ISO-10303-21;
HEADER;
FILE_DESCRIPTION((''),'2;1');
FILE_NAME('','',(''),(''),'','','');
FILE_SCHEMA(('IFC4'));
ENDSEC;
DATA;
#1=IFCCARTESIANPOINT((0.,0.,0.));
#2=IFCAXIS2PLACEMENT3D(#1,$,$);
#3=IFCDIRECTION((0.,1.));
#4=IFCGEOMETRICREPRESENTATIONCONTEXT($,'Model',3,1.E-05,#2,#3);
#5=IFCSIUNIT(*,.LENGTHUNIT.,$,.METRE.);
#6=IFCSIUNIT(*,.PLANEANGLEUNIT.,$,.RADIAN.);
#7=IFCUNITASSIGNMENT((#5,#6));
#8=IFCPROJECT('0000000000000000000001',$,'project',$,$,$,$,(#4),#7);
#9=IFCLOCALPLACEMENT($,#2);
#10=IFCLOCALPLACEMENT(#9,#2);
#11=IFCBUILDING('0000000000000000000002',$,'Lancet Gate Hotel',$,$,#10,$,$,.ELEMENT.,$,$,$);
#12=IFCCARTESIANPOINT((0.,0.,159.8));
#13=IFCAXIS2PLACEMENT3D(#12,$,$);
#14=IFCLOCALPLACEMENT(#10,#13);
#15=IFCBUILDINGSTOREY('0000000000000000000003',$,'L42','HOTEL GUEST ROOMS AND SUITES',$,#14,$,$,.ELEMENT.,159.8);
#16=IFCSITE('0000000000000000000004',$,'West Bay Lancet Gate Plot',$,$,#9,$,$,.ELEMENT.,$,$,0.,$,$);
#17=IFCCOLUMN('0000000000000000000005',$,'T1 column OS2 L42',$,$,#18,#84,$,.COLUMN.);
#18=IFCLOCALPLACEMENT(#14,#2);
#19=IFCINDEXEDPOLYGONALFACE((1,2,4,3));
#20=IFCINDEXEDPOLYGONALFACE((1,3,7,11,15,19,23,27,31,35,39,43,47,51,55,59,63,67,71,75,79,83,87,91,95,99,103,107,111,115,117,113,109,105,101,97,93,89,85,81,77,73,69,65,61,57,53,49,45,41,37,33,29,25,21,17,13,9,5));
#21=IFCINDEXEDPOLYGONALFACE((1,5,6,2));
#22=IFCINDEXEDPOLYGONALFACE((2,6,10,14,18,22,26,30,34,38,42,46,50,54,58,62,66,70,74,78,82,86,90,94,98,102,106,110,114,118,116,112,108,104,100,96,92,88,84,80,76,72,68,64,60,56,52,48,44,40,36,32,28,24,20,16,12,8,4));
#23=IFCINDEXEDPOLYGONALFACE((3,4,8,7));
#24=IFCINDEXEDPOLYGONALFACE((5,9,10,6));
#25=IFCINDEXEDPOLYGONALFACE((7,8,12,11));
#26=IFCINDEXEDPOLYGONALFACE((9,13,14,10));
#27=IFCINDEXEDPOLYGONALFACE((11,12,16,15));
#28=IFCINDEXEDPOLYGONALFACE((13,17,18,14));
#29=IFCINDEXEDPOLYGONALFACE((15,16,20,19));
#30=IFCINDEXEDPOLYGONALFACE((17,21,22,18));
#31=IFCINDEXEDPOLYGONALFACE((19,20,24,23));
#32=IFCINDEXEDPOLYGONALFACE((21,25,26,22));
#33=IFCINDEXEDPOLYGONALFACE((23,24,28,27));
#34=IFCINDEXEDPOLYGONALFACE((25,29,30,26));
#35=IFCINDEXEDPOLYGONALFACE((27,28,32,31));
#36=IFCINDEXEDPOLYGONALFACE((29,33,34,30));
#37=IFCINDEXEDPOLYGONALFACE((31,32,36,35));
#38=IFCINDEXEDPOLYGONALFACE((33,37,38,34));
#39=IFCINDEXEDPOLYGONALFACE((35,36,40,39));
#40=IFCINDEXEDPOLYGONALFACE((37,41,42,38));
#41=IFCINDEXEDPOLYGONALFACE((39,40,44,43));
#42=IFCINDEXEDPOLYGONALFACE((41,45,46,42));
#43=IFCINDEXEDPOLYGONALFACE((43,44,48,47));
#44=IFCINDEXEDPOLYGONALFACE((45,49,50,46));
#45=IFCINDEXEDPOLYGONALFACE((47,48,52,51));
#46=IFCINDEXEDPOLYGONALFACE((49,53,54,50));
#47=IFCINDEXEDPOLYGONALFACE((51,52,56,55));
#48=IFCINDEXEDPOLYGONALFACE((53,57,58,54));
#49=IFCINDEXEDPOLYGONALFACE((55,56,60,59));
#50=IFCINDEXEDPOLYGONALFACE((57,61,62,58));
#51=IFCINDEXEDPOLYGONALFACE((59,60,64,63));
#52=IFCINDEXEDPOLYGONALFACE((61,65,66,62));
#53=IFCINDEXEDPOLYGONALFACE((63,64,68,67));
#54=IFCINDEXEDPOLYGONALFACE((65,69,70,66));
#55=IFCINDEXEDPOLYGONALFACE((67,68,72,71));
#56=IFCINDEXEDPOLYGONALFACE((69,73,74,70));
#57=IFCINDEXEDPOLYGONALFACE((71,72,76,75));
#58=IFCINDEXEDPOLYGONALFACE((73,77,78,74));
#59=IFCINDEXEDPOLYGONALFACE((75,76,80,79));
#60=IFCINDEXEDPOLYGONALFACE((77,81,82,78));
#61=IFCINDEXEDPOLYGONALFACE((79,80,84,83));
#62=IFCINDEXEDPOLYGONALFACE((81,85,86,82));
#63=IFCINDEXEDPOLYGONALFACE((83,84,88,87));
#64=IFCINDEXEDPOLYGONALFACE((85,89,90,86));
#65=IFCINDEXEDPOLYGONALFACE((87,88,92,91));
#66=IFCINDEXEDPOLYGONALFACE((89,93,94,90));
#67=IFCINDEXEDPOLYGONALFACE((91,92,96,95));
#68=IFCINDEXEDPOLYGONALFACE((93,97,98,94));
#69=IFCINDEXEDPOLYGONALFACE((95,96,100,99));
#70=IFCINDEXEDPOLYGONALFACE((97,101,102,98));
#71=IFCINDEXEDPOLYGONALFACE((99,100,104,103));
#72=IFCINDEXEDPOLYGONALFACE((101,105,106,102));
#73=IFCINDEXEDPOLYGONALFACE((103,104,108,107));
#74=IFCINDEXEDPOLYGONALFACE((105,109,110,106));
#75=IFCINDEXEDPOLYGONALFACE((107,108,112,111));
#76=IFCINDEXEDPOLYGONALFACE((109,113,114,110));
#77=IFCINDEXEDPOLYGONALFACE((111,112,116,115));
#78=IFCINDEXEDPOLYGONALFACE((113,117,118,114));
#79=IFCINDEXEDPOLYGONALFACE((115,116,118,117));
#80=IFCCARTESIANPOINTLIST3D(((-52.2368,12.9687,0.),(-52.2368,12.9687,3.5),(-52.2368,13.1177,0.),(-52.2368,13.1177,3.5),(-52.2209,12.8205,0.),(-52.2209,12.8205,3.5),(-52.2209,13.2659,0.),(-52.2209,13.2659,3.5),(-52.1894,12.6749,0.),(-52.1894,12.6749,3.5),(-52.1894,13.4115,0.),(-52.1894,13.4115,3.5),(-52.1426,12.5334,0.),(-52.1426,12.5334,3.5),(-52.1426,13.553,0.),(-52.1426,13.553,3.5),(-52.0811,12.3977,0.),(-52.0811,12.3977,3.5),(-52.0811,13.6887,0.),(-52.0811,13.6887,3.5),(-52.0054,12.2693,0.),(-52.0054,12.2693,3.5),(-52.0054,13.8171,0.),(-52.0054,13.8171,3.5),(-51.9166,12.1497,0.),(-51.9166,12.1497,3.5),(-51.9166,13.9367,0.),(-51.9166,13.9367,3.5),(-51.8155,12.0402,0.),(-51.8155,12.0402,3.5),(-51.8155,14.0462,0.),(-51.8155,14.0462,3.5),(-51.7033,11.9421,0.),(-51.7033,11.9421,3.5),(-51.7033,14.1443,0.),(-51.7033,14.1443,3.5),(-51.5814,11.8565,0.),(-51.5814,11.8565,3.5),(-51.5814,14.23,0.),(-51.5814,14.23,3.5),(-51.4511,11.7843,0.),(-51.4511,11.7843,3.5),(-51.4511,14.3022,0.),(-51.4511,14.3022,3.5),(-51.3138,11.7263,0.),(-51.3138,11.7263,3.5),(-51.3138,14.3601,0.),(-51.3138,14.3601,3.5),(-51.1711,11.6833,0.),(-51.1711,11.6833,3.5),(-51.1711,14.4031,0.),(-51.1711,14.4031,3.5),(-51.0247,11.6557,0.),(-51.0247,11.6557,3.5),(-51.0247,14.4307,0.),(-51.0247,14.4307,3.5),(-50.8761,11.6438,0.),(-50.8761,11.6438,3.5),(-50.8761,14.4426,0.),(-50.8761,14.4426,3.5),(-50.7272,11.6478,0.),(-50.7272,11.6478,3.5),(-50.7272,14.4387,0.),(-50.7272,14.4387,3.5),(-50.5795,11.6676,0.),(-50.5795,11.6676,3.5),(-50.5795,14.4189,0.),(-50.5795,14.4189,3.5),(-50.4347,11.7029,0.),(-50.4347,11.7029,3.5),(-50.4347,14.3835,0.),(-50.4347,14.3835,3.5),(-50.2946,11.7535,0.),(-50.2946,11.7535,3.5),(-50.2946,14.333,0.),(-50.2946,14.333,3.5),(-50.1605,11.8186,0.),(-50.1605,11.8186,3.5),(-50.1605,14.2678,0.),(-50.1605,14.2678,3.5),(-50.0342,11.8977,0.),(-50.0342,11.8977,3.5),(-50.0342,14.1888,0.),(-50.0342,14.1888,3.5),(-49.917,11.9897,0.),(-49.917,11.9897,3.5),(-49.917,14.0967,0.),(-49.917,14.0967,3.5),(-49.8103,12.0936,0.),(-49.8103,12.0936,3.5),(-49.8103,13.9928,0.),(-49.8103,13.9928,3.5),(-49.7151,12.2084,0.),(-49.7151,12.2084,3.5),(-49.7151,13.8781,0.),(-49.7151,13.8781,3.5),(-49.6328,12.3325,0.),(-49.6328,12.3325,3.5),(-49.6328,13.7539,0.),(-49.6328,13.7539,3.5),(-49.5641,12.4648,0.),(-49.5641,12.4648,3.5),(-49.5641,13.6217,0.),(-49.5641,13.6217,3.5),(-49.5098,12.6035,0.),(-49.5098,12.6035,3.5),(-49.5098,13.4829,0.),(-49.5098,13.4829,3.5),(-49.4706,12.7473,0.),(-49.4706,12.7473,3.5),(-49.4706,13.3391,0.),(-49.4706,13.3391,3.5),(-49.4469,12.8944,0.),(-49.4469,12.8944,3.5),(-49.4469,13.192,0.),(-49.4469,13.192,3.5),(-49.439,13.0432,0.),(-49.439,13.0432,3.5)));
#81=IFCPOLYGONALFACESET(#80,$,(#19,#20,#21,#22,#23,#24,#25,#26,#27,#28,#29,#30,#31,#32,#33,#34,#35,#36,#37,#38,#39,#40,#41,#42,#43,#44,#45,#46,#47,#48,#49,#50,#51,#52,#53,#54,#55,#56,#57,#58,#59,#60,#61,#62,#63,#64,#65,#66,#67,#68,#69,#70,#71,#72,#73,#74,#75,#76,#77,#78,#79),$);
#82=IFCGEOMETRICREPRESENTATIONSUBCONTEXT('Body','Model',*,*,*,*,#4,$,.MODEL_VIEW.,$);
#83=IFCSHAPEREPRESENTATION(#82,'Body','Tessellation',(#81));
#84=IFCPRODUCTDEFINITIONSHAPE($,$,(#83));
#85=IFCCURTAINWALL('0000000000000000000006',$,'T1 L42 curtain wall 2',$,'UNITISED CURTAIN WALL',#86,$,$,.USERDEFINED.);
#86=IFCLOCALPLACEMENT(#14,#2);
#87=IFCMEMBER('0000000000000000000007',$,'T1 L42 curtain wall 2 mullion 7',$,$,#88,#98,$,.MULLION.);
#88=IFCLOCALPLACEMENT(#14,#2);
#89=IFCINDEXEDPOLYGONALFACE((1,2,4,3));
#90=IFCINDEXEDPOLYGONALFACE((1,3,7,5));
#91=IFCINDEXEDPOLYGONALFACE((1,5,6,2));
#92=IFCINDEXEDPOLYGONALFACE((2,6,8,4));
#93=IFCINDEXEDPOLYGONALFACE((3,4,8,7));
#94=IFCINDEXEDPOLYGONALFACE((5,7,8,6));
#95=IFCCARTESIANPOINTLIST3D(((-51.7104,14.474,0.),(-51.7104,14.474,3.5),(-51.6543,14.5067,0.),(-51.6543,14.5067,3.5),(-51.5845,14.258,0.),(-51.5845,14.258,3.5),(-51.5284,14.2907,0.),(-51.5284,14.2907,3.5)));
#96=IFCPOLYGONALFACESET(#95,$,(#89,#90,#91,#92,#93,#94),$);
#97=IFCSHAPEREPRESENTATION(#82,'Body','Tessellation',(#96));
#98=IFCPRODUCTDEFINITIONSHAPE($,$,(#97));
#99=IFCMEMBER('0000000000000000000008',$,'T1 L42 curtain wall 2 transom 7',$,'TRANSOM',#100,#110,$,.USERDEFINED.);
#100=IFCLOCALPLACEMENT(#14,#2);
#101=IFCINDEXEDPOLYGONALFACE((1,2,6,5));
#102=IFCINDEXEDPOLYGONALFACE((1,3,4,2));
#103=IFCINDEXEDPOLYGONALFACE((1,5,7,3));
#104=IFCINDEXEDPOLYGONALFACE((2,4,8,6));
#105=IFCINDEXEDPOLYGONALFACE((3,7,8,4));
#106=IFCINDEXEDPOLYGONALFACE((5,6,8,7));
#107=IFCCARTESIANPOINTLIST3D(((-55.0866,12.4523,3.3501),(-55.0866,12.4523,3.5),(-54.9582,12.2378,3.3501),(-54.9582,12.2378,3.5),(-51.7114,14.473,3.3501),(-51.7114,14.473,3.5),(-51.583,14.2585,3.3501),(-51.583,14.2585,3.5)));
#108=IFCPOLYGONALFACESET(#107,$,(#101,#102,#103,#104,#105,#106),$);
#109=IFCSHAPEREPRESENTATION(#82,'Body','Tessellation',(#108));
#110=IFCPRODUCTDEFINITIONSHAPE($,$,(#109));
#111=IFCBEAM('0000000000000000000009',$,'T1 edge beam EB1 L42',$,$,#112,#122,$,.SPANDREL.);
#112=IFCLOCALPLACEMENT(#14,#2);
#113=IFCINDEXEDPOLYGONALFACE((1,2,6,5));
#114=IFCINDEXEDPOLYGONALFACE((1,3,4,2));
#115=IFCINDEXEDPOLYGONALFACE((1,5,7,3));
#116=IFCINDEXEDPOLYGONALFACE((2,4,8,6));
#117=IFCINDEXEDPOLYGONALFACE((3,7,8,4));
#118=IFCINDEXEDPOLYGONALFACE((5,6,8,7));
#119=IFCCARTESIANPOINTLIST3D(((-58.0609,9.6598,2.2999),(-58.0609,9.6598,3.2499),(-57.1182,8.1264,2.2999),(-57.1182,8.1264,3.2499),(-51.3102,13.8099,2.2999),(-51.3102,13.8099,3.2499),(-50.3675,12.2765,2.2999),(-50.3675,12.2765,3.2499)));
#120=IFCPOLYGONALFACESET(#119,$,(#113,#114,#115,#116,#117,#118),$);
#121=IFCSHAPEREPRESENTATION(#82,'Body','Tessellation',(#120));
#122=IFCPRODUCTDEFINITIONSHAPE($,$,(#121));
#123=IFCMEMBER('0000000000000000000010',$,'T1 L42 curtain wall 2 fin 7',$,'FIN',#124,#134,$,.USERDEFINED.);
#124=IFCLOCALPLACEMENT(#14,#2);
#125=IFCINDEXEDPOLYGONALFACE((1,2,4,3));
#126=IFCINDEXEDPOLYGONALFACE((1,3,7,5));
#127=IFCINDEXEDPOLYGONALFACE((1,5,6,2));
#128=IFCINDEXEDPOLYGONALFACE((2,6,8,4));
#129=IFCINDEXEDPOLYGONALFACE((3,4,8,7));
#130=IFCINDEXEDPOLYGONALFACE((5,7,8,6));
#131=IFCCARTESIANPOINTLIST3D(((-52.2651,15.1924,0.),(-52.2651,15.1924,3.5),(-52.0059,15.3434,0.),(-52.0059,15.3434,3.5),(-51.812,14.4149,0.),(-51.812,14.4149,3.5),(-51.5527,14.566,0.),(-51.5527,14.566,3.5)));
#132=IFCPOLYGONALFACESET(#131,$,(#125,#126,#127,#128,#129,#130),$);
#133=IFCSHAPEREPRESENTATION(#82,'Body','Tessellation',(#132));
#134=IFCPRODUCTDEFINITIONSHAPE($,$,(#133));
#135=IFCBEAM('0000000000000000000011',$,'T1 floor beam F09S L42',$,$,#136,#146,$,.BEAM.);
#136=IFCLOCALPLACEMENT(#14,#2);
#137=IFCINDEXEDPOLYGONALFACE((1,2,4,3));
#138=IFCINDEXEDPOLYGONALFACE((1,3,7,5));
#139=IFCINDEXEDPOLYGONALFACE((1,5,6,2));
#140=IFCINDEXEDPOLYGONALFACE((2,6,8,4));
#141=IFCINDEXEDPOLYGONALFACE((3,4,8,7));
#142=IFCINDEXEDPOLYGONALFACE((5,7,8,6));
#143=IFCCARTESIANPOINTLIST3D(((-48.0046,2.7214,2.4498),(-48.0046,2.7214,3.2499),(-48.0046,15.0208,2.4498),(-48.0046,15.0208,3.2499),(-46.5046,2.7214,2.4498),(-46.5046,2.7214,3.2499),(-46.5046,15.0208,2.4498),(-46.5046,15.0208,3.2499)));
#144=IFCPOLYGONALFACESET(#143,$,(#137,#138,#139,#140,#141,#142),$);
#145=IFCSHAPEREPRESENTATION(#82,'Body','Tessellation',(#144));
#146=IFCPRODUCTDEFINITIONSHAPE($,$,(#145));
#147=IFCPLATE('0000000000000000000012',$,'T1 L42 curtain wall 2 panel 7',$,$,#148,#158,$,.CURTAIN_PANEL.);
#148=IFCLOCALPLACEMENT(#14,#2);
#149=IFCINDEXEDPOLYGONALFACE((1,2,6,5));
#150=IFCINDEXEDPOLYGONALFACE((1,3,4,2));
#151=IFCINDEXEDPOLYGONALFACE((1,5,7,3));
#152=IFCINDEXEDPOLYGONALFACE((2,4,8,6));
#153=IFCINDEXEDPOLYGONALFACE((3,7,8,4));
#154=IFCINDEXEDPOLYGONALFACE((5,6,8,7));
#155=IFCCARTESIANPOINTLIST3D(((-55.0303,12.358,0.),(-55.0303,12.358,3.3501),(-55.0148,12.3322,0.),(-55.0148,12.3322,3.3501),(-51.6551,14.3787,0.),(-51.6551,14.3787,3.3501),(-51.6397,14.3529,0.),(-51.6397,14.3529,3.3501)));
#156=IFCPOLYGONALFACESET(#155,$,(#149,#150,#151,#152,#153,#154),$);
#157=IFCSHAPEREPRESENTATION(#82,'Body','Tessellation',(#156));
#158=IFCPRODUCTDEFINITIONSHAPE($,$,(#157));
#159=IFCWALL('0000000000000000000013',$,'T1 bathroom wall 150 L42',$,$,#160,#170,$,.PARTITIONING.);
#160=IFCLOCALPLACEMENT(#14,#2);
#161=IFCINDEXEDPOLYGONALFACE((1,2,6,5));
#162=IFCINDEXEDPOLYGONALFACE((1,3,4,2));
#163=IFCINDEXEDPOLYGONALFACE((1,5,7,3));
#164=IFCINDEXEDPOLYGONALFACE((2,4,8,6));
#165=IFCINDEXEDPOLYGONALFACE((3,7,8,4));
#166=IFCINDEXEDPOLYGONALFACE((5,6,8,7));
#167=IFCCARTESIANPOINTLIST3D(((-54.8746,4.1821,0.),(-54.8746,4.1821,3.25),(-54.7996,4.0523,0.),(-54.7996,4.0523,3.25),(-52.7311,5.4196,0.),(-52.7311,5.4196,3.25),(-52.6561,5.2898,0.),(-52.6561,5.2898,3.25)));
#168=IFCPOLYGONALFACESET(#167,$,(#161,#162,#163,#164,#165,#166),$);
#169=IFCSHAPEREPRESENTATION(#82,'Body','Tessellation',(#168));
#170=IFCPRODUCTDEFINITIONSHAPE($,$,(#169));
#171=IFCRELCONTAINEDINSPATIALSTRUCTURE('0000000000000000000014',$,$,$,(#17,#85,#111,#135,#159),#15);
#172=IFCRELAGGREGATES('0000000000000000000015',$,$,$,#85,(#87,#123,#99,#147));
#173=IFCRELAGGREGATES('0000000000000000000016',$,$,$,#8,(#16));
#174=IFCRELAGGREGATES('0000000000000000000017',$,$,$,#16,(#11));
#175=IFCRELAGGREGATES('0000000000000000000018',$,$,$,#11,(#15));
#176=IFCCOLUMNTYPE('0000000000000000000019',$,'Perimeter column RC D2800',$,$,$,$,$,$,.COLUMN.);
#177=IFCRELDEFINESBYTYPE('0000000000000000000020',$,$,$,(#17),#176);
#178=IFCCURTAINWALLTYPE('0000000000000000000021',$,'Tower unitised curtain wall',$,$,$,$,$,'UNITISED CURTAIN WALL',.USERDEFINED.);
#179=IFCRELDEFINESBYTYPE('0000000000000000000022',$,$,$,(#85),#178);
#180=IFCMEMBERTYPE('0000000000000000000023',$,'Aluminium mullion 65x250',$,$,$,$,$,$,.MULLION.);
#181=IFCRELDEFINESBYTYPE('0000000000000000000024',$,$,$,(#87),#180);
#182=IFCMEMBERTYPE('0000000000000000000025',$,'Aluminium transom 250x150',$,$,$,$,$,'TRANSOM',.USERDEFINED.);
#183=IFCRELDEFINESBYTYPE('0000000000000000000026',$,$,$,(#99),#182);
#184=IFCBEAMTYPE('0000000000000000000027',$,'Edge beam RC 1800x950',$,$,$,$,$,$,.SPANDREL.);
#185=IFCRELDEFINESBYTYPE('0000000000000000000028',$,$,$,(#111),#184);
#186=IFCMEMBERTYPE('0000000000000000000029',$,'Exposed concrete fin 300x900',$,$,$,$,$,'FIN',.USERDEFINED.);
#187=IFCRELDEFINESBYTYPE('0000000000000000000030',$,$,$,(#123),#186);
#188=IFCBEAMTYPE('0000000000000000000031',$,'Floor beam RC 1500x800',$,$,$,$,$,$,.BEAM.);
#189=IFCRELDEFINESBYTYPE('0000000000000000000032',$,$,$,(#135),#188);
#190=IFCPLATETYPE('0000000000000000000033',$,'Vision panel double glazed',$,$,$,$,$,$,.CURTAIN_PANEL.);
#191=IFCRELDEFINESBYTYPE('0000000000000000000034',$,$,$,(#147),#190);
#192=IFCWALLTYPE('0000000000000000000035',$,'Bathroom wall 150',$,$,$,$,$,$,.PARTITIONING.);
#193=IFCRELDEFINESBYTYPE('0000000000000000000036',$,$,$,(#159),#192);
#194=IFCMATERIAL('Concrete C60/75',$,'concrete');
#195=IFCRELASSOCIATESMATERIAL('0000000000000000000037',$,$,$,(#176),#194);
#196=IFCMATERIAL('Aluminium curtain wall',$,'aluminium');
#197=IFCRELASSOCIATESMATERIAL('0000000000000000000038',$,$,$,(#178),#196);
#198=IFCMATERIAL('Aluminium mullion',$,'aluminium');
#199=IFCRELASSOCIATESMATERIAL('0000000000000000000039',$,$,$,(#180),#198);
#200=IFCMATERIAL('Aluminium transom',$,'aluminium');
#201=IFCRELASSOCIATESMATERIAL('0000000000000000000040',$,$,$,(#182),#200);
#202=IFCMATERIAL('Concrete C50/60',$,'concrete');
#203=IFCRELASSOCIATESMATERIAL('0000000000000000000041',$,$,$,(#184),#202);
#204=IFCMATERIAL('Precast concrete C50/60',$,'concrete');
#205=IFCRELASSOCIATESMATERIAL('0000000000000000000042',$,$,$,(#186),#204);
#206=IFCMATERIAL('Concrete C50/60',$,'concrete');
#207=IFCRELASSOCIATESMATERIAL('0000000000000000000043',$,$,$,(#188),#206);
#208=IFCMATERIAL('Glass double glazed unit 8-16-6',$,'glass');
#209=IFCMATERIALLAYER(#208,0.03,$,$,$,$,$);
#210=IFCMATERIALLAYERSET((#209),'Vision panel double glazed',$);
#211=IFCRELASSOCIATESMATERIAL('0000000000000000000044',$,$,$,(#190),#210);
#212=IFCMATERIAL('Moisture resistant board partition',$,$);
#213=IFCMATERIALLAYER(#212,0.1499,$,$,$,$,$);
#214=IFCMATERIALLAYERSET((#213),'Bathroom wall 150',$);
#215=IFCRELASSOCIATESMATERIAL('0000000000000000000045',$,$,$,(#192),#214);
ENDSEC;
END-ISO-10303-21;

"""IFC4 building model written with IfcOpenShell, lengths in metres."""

from ifc_helpers import new_model, si_unit, direction, frame, frame_2d, origin, origin_2d, place, context, subcontext, project, spatial, rectangle, circle, extrude, material, layer, layer_set, material_profile, profile_set, type_object, element, aggregate, save


model = new_model("IFC4")

# Units and contexts
model_context = context("Model", 3, precision=1e-05, world=origin(), true_north=direction((0.0, 1.0)))
body_context = subcontext(model_context, "Body", "Model", "MODEL_VIEW")
ifc_project = project(units=[si_unit("LENGTHUNIT", "METRE"), si_unit("PLANEANGLEUNIT", "RADIAN")], contexts=[model_context])

# Site, building, storey
site_placement = place(None, origin())
site = spatial("IfcSite", under=ifc_project, at=site_placement, Name="West Bay Lancet Gate Plot", CompositionType="ELEMENT", RefElevation=0.0)
building_placement = place(site_placement, origin())
building = spatial("IfcBuilding", under=site, at=building_placement, Name="Lancet Gate Hotel", CompositionType="ELEMENT")
storey_placement = place(building_placement, frame((0.0, 0.0, 159.8)))
storey = spatial("IfcBuildingStorey", under=building, at=storey_placement, Name="L42", Description="HOTEL GUEST ROOMS AND SUITES", CompositionType="ELEMENT", Elevation=159.8)

# Column
ifc_material_1 = material(Name="Concrete C60/75", Category="concrete")
ifc_material_profile_1 = material_profile(ifc_material_1, circle(Radius=1.3999, at=origin_2d()), Name="RC D2800")
ifc_profile_set_1 = profile_set([ifc_material_profile_1], Name="Concrete C60/75")
column_type = type_object("IfcColumnType", Name="Perimeter column RC D2800", PredefinedType="COLUMN", material=ifc_profile_set_1)
column_placement = place(storey_placement, frame((-50.8389, 13.0432, 0.0), z_axis=(0.0, 0.0, 1.0), x_axis=(1.0, 0.0, 0.0)))
element("IfcColumn", 1, at=column_placement, inside=storey, type_object=column_type, Name="T1 column OS2 L42", PredefinedType="COLUMN", context=body_context, shape_type="SweptSolid", body=[
    extrude(circle(Radius=1.3999, at=origin_2d()), origin(), (0.0, 0.0, 1.0), 3.5),
])

# Curtain wall, members
ifc_material_2 = material(Name="Aluminium curtain wall", Category="aluminium")
curtain_wall_type = type_object("IfcCurtainWallType", Name="Tower unitised curtain wall", ElementType="UNITISED CURTAIN WALL", PredefinedType="USERDEFINED", material=ifc_material_2)
curtain_wall_placement = place(storey_placement, origin())
curtain_wall = element("IfcCurtainWall", 2, at=curtain_wall_placement, inside=storey, type_object=curtain_wall_type, Name="T1 L42 curtain wall 2", ObjectType="UNITISED CURTAIN WALL", PredefinedType="USERDEFINED")
ifc_material_3 = material(Name="Aluminium mullion", Category="aluminium")
ifc_material_profile_2 = material_profile(ifc_material_3, rectangle(XDim=0.0649, YDim=0.25, at=origin_2d()), Name="MULLION 65x250")
ifc_profile_set_2 = profile_set([ifc_material_profile_2], Name="Aluminium mullion")
member_type_1 = type_object("IfcMemberType", Name="Aluminium mullion 65x250", PredefinedType="MULLION", material=ifc_profile_set_2)
member_1_placement = place(storey_placement, frame((-51.6194, 14.3823, 0.0), z_axis=(0.0, 0.0, 1.0), x_axis=(-0.863969, -0.503545, 0.0)))
member_1 = element("IfcMember", 3, at=member_1_placement, type_object=member_type_1, Name="T1 L42 curtain wall 2 mullion 7", PredefinedType="MULLION", context=body_context, shape_type="SweptSolid", body=[
    extrude(rectangle(XDim=0.0649, YDim=0.25, at=origin_2d()), origin(), (0.0, 0.0, 1.0), 3.5),
])
ifc_material_4 = material(Name="Aluminium transom", Category="aluminium")
ifc_material_profile_3 = material_profile(ifc_material_4, rectangle(XDim=0.25, YDim=0.1499, at=origin_2d()), Name="TRANSOM 250x150")
ifc_profile_set_3 = profile_set([ifc_material_profile_3], Name="Aluminium transom")
member_type_2 = type_object("IfcMemberType", Name="Aluminium transom 250x150", ElementType="TRANSOM", PredefinedType="USERDEFINED", material=ifc_profile_set_3)
member_2_placement = place(storey_placement, frame((-51.6472, 14.3657, 3.425), z_axis=(-0.857985, -0.513674, 0.0), x_axis=(0.513674, -0.857985, 0.0)))
member_2 = element("IfcMember", 4, at=member_2_placement, type_object=member_type_2, Name="T1 L42 curtain wall 2 transom 7", ObjectType="TRANSOM", PredefinedType="USERDEFINED", context=body_context, shape_type="SweptSolid", body=[
    extrude(rectangle(XDim=0.25, YDim=0.1499, at=origin_2d()), origin(), (0.0, 0.0, 1.0), 3.9338),
])

# Beam
ifc_material_5 = material(Name="Concrete C50/60", Category="concrete")
ifc_material_profile_4 = material_profile(ifc_material_5, rectangle(XDim=1.8, YDim=0.95, at=origin_2d()), Name="RC 1800x950")
ifc_profile_set_4 = profile_set([ifc_material_profile_4], Name="Concrete C50/60")
beam_type_1 = type_object("IfcBeamType", Name="Edge beam RC 1800x950", PredefinedType="SPANDREL", material=ifc_profile_set_4)
beam_1_placement = place(storey_placement, frame((-50.8389, 13.0432, 2.7749), z_axis=(-0.851892, -0.523717, 0.0), x_axis=(0.523717, -0.851892, 0.0)))
element("IfcBeam", 5, at=beam_1_placement, inside=storey, type_object=beam_type_1, Name="T1 edge beam EB1 L42", PredefinedType="SPANDREL", context=body_context, shape_type="SweptSolid", body=[
    extrude(rectangle(XDim=1.8, YDim=0.95, at=origin_2d()), origin(), (0.0, 0.0, 1.0), 7.9243),
])

# Member
ifc_material_6 = material(Name="Precast concrete C50/60", Category="concrete")
ifc_material_profile_5 = material_profile(ifc_material_6, rectangle(XDim=0.3, YDim=0.8999, at=origin_2d()), Name="FIN 300x900")
ifc_profile_set_5 = profile_set([ifc_material_profile_5], Name="Precast concrete C50/60")
member_type_3 = type_object("IfcMemberType", Name="Exposed concrete fin 300x900", ElementType="FIN", PredefinedType="USERDEFINED", material=ifc_profile_set_5)
member_3_placement = place(storey_placement, frame((-51.9089, 14.8792, 0.0), z_axis=(0.0, 0.0, 1.0), x_axis=(-0.863969, -0.503545, 0.0)))
member_3 = element("IfcMember", 6, at=member_3_placement, type_object=member_type_3, Name="T1 L42 curtain wall 2 fin 7", ObjectType="FIN", PredefinedType="USERDEFINED", context=body_context, shape_type="SweptSolid", body=[
    extrude(rectangle(XDim=0.3, YDim=0.8999, at=origin_2d()), origin(), (0.0, 0.0, 1.0), 3.5),
])

# Beam
ifc_material_7 = material(Name="Concrete C50/60", Category="concrete")
ifc_material_profile_6 = material_profile(ifc_material_7, rectangle(XDim=1.5, YDim=0.8, at=origin_2d()), Name="RC 1500x800")
ifc_profile_set_6 = profile_set([ifc_material_profile_6], Name="Concrete C50/60")
beam_type_2 = type_object("IfcBeamType", Name="Floor beam RC 1500x800", PredefinedType="BEAM", material=ifc_profile_set_6)
beam_2_placement = place(storey_placement, frame((-47.2546, 15.0208, 2.8499), z_axis=(0.0, -1.0, 0.0), x_axis=(1.0, 0.0, 0.0)))
element("IfcBeam", 7, at=beam_2_placement, inside=storey, type_object=beam_type_2, Name="T1 floor beam F09S L42", PredefinedType="BEAM", context=body_context, shape_type="SweptSolid", body=[
    extrude(rectangle(XDim=1.5, YDim=0.8, at=origin_2d()), origin(), (0.0, 0.0, 1.0), 12.2993),
])

# Plate
ifc_material_8 = material(Name="Glass double glazed unit 8-16-6", Category="glass")
ifc_layer_1 = layer(ifc_material_8, 0.03)
ifc_layer_set_1 = layer_set([ifc_layer_1], Name="Vision panel double glazed")
plate_type = type_object("IfcPlateType", Name="Vision panel double glazed", PredefinedType="CURTAIN_PANEL", material=ifc_layer_set_1)
plate_placement = place(storey_placement, frame((-53.335, 13.3555, 0.0), z_axis=(0.0, 0.0, 1.0), x_axis=(-0.857987, -0.513672, 0.0)))
plate = element("IfcPlate", 8, at=plate_placement, type_object=plate_type, Name="T1 L42 curtain wall 2 panel 7", PredefinedType="CURTAIN_PANEL", context=body_context, shape_type="SweptSolid", body=[
    extrude(rectangle(XDim=3.9338, YDim=0.03, at=origin_2d()), origin(), (0.0, 0.0, 1.0), 3.3501),
])
aggregate(curtain_wall, [member_1, member_3, member_2, plate])

# Wall
ifc_material_9 = material(Name="Moisture resistant board partition")
ifc_layer_2 = layer(ifc_material_9, 0.1499)
ifc_layer_set_2 = layer_set([ifc_layer_2], Name="Bathroom wall 150")
wall_type_1 = type_object("IfcWallType", Name="Bathroom wall 150", PredefinedType="PARTITIONING", material=ifc_layer_set_2)
wall_1_placement = place(storey_placement, frame((-52.6936, 5.3547, 0.0), z_axis=(0.0, 0.0, 1.0), x_axis=(-0.866031, -0.49999, 0.0)))
element("IfcWall", 9, at=wall_1_placement, inside=storey, type_object=wall_type_1, Name="T1 bathroom wall 150 L42", PredefinedType="PARTITIONING", context=body_context, shape_type="SweptSolid", body=[
    extrude(rectangle(XDim=2.4751, YDim=0.1499, at=frame_2d((1.2375, 0.0))), origin(), (0.0, 0.0, 1.0), 3.25),
])

save(model, "model.ifc")
